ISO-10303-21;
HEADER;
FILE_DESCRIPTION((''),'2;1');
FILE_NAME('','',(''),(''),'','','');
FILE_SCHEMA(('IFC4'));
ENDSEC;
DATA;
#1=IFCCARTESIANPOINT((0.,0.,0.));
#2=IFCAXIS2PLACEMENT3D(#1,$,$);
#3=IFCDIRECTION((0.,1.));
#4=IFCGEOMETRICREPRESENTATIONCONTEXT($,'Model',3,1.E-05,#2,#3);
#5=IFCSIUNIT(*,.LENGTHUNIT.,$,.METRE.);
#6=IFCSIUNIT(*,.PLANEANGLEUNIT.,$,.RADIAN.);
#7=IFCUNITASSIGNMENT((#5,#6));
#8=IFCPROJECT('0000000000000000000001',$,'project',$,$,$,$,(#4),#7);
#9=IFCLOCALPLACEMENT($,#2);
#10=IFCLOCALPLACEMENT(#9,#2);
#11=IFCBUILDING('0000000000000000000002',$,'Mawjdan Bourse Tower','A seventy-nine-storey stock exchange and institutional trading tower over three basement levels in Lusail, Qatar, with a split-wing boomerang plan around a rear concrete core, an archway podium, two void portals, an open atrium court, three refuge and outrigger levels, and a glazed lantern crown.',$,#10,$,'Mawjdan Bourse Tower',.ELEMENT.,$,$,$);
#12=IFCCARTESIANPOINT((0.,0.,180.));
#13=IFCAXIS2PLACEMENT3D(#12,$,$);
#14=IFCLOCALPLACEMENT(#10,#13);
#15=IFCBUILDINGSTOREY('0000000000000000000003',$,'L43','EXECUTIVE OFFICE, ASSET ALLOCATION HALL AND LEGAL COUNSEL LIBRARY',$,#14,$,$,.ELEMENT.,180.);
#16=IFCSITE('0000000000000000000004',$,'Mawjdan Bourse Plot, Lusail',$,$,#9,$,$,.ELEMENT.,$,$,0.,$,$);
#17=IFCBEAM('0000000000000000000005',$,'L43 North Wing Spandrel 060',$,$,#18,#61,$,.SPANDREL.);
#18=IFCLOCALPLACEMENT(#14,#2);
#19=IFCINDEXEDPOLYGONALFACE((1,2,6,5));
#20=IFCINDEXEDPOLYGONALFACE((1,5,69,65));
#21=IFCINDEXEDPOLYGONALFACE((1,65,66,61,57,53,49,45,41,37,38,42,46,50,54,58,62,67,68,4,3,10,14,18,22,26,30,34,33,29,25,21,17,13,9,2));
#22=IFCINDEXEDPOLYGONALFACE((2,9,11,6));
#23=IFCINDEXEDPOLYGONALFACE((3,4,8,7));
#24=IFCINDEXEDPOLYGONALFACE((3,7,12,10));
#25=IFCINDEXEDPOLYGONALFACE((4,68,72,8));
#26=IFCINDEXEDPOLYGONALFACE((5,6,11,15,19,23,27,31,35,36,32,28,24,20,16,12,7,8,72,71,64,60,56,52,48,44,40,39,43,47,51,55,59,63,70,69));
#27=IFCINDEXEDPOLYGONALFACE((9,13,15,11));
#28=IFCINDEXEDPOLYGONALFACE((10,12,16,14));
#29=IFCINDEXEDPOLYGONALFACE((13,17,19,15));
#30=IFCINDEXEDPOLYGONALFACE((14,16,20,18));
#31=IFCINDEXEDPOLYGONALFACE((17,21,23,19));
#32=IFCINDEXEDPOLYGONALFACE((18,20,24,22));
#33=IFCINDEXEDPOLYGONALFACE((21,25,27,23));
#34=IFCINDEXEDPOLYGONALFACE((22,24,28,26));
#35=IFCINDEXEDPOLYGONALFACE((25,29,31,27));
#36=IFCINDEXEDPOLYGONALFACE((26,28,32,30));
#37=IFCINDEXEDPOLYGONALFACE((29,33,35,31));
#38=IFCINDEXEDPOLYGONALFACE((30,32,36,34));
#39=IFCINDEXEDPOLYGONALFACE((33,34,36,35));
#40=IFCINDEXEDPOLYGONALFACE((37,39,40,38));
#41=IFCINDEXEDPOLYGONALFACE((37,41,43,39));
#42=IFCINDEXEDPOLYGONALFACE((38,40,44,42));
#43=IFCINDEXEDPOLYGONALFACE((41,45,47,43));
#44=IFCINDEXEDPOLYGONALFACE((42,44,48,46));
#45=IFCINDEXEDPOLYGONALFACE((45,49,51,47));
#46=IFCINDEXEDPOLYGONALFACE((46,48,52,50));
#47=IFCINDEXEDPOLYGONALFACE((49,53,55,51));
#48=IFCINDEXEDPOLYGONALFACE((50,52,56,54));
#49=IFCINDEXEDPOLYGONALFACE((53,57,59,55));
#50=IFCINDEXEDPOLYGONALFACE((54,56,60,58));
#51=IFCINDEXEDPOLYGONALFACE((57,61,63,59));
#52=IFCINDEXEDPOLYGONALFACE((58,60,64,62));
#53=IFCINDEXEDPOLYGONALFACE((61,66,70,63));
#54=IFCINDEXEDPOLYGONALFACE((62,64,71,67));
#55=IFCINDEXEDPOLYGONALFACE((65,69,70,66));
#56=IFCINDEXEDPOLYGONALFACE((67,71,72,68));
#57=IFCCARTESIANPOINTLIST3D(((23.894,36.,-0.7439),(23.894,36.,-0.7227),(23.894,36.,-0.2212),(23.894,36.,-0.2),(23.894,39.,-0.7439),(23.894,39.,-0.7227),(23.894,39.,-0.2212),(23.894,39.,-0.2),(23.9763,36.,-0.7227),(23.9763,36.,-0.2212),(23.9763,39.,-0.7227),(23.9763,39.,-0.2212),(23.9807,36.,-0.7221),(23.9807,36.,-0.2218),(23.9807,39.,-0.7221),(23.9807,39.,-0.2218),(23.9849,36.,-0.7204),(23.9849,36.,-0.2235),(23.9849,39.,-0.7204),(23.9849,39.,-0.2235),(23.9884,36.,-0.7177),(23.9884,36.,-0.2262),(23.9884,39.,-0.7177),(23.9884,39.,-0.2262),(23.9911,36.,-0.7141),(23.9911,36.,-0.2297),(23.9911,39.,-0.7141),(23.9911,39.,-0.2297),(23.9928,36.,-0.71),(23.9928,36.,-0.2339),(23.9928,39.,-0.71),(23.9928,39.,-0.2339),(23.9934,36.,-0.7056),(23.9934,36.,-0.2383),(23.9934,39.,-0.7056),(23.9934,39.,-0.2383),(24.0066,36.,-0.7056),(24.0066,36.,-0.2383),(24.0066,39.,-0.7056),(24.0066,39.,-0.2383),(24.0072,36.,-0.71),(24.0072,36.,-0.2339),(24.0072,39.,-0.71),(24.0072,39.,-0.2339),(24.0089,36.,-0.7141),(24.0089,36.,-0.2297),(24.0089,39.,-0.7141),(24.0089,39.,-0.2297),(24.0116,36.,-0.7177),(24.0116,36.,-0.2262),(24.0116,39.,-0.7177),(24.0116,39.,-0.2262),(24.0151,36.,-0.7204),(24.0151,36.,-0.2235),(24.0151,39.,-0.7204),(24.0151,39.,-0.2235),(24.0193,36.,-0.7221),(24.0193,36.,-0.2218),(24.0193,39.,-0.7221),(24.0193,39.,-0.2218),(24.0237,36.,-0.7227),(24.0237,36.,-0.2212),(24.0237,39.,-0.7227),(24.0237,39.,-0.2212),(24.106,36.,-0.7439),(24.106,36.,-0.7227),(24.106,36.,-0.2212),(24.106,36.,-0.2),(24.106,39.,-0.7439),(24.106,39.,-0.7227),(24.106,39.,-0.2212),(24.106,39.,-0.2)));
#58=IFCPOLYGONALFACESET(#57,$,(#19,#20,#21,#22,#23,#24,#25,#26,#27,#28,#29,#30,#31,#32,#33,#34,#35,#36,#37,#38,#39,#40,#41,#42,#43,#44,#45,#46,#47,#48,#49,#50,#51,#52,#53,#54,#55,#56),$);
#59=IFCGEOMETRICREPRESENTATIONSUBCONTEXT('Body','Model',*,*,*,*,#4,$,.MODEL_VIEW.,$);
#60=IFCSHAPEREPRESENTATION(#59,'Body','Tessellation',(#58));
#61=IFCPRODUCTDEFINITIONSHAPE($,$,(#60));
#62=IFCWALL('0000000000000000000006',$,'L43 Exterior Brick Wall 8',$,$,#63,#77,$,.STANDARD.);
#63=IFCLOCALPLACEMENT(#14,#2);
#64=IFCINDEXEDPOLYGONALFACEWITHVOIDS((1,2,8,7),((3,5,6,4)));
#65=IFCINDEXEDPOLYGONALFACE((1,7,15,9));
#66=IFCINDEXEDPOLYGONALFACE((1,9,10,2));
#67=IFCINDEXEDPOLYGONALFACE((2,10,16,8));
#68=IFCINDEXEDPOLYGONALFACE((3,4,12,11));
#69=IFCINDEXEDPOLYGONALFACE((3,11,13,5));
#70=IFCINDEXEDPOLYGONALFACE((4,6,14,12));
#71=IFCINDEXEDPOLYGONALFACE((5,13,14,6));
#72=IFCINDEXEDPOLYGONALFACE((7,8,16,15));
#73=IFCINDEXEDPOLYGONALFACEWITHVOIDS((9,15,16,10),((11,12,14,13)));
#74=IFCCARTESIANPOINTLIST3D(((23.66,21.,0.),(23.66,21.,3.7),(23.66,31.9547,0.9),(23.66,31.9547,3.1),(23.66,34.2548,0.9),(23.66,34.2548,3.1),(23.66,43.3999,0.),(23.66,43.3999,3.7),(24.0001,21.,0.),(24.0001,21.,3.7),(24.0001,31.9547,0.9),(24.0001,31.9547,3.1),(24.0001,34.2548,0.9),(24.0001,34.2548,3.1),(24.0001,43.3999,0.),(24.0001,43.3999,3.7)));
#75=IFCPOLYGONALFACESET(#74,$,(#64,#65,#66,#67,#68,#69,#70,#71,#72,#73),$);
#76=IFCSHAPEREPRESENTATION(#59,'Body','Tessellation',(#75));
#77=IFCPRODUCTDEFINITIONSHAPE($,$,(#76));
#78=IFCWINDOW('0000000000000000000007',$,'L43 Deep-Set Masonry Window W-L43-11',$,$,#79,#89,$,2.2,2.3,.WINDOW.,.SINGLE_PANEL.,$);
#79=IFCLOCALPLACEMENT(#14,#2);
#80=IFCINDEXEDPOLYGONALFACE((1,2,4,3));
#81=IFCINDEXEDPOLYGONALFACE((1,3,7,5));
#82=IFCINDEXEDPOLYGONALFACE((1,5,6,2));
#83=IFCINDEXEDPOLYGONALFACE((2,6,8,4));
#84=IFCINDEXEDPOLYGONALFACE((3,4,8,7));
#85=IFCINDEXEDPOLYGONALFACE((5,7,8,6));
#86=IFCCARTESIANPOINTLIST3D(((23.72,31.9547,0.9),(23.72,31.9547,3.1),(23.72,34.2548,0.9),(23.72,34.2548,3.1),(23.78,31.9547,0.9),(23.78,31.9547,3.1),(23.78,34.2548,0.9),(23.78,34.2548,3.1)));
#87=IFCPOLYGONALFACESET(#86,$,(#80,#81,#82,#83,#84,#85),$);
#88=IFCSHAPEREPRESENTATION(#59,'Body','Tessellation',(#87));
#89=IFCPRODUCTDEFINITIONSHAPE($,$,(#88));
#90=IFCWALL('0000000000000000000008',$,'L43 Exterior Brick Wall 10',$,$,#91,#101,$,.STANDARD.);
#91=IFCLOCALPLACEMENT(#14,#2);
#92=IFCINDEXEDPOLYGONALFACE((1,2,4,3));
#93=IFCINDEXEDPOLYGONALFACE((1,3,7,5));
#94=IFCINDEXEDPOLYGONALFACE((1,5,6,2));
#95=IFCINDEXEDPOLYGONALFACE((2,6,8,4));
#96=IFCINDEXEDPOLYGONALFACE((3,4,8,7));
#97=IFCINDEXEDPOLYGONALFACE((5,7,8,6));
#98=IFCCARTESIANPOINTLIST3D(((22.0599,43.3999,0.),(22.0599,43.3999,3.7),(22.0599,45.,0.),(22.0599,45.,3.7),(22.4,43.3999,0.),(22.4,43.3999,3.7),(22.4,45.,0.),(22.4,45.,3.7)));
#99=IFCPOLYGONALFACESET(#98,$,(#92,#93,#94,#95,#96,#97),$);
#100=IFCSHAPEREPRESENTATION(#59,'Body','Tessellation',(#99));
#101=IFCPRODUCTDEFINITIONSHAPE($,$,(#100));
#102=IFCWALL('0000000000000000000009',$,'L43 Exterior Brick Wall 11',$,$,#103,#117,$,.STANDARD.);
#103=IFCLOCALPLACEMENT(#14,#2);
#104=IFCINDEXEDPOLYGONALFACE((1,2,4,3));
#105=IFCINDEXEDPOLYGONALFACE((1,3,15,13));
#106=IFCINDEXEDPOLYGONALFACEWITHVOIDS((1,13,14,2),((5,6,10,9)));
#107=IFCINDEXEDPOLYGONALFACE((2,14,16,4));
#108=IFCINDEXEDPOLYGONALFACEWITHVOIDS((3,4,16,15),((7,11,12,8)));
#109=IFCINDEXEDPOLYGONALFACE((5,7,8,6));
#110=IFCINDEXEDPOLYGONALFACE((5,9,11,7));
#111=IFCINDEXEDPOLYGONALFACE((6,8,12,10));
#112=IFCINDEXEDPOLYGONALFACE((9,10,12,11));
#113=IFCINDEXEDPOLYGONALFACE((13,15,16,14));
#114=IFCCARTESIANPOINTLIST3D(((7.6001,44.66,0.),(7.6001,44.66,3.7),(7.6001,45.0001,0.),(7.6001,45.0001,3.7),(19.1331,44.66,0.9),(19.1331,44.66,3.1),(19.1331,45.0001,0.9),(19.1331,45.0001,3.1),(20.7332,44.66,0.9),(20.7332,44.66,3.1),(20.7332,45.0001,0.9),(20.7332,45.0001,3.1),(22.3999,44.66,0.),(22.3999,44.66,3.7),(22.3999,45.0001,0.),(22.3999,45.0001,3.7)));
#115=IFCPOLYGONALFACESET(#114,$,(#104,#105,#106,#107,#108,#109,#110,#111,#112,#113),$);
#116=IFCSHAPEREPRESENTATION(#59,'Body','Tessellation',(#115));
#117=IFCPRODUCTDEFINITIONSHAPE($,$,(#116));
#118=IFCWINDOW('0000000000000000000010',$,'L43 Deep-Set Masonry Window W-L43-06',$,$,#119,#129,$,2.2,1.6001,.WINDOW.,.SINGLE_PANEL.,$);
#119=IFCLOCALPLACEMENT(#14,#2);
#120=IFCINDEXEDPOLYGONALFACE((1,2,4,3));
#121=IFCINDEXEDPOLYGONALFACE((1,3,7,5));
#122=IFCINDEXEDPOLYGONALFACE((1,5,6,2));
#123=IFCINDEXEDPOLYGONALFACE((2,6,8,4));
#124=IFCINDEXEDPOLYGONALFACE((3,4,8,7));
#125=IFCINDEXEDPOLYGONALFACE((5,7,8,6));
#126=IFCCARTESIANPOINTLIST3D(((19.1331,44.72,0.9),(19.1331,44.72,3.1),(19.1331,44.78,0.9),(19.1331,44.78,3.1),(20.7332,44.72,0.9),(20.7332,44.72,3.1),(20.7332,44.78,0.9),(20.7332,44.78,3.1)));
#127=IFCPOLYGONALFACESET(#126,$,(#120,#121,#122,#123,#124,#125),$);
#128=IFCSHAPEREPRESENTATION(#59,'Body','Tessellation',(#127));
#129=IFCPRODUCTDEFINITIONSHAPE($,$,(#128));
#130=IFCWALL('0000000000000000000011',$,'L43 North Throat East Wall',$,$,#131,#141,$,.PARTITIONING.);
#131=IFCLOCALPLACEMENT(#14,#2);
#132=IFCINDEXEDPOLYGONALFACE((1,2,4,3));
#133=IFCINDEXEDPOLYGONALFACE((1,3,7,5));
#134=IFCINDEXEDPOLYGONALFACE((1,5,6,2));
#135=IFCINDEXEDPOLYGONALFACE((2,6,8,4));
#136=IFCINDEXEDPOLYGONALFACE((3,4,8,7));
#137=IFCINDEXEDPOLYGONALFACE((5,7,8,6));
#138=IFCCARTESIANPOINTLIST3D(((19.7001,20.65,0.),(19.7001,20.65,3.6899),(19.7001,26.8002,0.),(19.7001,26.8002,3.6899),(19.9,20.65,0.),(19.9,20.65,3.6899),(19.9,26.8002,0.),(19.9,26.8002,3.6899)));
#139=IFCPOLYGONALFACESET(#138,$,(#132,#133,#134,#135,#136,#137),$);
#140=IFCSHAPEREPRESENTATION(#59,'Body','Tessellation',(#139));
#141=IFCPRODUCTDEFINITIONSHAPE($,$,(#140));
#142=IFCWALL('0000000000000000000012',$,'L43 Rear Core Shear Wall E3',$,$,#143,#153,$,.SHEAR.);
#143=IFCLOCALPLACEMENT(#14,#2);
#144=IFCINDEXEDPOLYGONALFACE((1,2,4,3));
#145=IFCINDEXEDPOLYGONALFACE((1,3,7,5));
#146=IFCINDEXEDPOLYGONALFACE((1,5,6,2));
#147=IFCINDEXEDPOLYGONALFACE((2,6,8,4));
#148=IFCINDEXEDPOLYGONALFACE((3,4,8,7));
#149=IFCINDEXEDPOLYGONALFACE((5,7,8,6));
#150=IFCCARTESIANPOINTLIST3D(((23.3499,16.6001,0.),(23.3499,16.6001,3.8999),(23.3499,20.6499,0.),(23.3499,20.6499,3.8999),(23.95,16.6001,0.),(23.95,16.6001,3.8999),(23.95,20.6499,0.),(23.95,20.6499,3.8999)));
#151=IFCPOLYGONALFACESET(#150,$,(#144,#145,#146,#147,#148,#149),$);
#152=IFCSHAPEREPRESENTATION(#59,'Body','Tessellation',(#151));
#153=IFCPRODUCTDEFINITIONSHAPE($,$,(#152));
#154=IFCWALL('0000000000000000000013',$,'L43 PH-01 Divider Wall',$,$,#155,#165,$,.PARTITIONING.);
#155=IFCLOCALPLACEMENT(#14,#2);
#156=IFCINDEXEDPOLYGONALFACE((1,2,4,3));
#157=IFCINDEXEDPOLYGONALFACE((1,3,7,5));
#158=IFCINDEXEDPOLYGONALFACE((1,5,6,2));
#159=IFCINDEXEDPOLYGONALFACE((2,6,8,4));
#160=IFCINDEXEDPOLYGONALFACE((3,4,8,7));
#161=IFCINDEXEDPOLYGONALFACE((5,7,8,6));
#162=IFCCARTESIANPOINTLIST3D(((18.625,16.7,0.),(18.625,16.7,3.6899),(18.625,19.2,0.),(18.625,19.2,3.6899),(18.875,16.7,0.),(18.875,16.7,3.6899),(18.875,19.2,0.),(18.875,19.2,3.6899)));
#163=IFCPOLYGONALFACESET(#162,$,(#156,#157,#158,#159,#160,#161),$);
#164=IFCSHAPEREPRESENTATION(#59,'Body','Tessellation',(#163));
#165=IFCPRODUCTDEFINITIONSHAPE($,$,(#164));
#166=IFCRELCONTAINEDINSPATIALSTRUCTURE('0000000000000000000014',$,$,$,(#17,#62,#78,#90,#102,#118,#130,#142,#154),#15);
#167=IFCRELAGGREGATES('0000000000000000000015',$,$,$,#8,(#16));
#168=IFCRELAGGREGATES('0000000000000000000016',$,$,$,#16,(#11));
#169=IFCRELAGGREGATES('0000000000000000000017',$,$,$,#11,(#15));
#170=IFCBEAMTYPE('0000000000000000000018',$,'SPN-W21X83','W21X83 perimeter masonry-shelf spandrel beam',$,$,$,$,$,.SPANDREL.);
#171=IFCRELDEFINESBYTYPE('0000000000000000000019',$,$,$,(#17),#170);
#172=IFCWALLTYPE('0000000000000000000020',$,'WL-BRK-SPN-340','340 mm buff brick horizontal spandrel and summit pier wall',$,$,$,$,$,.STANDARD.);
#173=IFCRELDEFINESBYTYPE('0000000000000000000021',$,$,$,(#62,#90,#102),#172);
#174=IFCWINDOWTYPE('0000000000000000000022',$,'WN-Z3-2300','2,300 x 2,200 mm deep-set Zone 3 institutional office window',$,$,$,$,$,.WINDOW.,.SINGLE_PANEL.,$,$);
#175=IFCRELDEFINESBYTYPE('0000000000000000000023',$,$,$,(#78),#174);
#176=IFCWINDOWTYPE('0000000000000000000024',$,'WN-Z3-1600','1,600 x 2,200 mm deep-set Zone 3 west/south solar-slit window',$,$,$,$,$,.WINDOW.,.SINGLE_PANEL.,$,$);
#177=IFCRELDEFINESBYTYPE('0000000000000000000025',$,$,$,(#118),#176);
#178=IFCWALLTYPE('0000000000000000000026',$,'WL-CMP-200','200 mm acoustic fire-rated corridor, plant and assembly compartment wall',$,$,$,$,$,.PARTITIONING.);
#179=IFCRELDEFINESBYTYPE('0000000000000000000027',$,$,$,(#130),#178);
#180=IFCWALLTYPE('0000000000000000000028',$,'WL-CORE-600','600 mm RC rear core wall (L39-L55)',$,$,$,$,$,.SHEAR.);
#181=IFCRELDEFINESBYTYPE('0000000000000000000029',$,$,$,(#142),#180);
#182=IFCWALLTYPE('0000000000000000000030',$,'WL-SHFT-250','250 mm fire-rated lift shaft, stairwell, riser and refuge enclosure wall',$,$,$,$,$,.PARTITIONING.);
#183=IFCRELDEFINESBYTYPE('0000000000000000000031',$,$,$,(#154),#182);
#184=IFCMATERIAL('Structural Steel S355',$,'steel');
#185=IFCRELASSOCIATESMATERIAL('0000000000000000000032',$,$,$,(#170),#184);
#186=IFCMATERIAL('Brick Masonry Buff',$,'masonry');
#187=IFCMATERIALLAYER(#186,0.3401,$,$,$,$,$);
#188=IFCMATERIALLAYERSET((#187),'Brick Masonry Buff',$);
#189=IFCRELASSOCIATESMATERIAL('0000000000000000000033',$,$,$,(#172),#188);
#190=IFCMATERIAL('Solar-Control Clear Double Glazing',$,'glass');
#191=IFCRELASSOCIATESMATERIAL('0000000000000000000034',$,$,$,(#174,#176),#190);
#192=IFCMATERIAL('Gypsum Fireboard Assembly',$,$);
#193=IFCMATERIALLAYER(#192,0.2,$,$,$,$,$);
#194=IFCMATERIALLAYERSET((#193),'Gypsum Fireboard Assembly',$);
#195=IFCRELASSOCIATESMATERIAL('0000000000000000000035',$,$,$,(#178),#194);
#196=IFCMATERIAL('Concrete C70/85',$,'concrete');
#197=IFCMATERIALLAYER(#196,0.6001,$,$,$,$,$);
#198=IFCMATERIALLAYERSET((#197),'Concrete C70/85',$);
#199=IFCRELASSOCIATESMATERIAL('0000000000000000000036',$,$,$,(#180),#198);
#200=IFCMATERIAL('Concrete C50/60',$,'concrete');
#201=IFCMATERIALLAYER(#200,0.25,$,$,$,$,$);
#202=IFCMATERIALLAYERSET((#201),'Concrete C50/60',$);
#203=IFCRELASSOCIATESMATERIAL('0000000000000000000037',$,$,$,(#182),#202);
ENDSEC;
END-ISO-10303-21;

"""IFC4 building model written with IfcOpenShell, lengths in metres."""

from ifc_helpers import new_model, si_unit, direction, frame, frame_2d, origin, origin_2d, place, context, subcontext, project, spatial, rectangle, i_section, extrude, material, layer, layer_set, material_profile, profile_set, type_object, element, fill, save


model = new_model("IFC4")

# Units and contexts
model_context = context("Model", 3, precision=1e-05, world=origin(), true_north=direction((0.0, 1.0)))
body_context = subcontext(model_context, "Body", "Model", "MODEL_VIEW")
ifc_project = project(units=[si_unit("LENGTHUNIT", "METRE"), si_unit("PLANEANGLEUNIT", "RADIAN")], contexts=[model_context])

# Site, building, storey
site_placement = place(None, origin())
site = spatial("IfcSite", under=ifc_project, at=site_placement, Name="Mawjdan Bourse Plot, Lusail", CompositionType="ELEMENT", RefElevation=0.0)
building_placement = place(site_placement, origin())
building = spatial("IfcBuilding", under=site, at=building_placement, Name="Mawjdan Bourse Tower", Description="A seventy-nine-storey stock exchange and institutional trading tower over three basement levels in Lusail, Qatar, with a split-wing boomerang plan around a rear concrete core, an archway podium, two void portals, an open atrium court, three refuge and outrigger levels, and a glazed lantern crown.", LongName="Mawjdan Bourse Tower", CompositionType="ELEMENT")
storey_placement = place(building_placement, frame((0.0, 0.0, 180.0)))
storey = spatial("IfcBuildingStorey", under=building, at=storey_placement, Name="L43", Description="EXECUTIVE OFFICE, ASSET ALLOCATION HALL AND LEGAL COUNSEL LIBRARY", CompositionType="ELEMENT", Elevation=180.0)

# Shared definitions
ifc_material_1 = material(Name="Concrete C70/85", Category="concrete")

# Beam
ifc_material_2 = material(Name="Structural Steel S355", Category="steel")
ifc_material_profile_1 = material_profile(ifc_material_2, i_section(OverallWidth=0.2119, OverallDepth=0.5439, WebThickness=0.0132, FlangeThickness=0.0212, FilletRadius=0.0171, at=origin_2d()), Name="W21X83")
ifc_profile_set_1 = profile_set([ifc_material_profile_1], Name="Structural Steel S355")
beam_type_1 = type_object("IfcBeamType", Name="SPN-W21X83", Description="W21X83 perimeter masonry-shelf spandrel beam", PredefinedType="SPANDREL", material=ifc_profile_set_1)
beam_1_placement = place(storey_placement, frame((24.0, 36.0, -0.4719), z_axis=(0.0, 1.0, 0.0), x_axis=(-1.0, 0.0, 0.0)))
element("IfcBeam", 1, at=beam_1_placement, inside=storey, type_object=beam_type_1, Name="L43 North Wing Spandrel 060", PredefinedType="SPANDREL", context=body_context, shape_type="SweptSolid", body=[
    extrude(i_section(OverallWidth=0.2119, OverallDepth=0.5439, WebThickness=0.0132, FlangeThickness=0.0212, FilletRadius=0.0171, at=origin_2d()), origin(), (0.0, 0.0, 1.0), 3.0),
])

# Wall, opening, window
ifc_material_3 = material(Name="Brick Masonry Buff", Category="masonry")
ifc_layer_1 = layer(ifc_material_3, 0.3401)
ifc_layer_set_1 = layer_set([ifc_layer_1], Name="Brick Masonry Buff")
wall_type_1 = type_object("IfcWallType", Name="WL-BRK-SPN-340", Description="340 mm buff brick horizontal spandrel and summit pier wall", PredefinedType="STANDARD", material=ifc_layer_set_1)
wall_1_placement = place(storey_placement, frame((23.8301, 21.0, 0.0), z_axis=(0.0, 0.0, 1.0), x_axis=(0.0, 1.0, 0.0)))
wall_1 = element("IfcWall", 2, at=wall_1_placement, inside=storey, type_object=wall_type_1, Name="L43 Exterior Brick Wall 8", PredefinedType="STANDARD", context=body_context, shape_type="SweptSolid", body=[
    extrude(rectangle(XDim=22.3999, YDim=0.3401, at=frame_2d((11.2, 0.0))), origin(), (0.0, 0.0, 1.0), 3.7),
])
opening_1_placement = place(wall_1_placement, frame((10.9548, 0.0, 0.8999)))
opening_1 = element("IfcOpeningElement", 3, at=opening_1_placement, cuts=wall_1, PredefinedType="OPENING", context=body_context, shape_type="SweptSolid", body=[
    extrude(rectangle(XDim=2.3, YDim=2.2, at=frame_2d((1.1499, 1.1001))), frame((0.0, 0.1802, 0.0), z_axis=(0.0, -1.0, 0.0), x_axis=(1.0, 0.0, 0.0)), (0.0, 0.0, 1.0), 0.3601),
])
ifc_material_4 = material(Name="Solar-Control Clear Double Glazing", Category="glass")
window_type_1 = type_object("IfcWindowType", Name="WN-Z3-2300", Description="2,300 x 2,200 mm deep-set Zone 3 institutional office window", PartitioningType="SINGLE_PANEL", PredefinedType="WINDOW", material=ifc_material_4)
window_1_placement = place(opening_1_placement, origin())
window_1 = element("IfcWindow", 4, at=window_1_placement, inside=storey, type_object=window_type_1, Name="L43 Deep-Set Masonry Window W-L43-11", OverallHeight=2.2, OverallWidth=2.3, PartitioningType="SINGLE_PANEL", PredefinedType="WINDOW", context=body_context, shape_type="SweptSolid", body=[
    extrude(rectangle(XDim=2.3, YDim=2.2, at=frame_2d((1.1499, 1.1001))), frame((0.0, 0.1101, 0.0), z_axis=(0.0, -1.0, 0.0), x_axis=(1.0, 0.0, 0.0)), (0.0, 0.0, 1.0), 0.0601),
])
fill(opening_1, window_1)

# Wall
wall_2_placement = place(storey_placement, frame((22.23, 43.3999, 0.0), z_axis=(0.0, 0.0, 1.0), x_axis=(0.0, 1.0, 0.0)))
element("IfcWall", 5, at=wall_2_placement, inside=storey, type_object=wall_type_1, Name="L43 Exterior Brick Wall 10", PredefinedType="STANDARD", context=body_context, shape_type="SweptSolid", body=[
    extrude(rectangle(XDim=1.6001, YDim=0.3401, at=frame_2d((0.8, 0.0))), origin(), (0.0, 0.0, 1.0), 3.7),
])

# Wall, opening, window
wall_3_placement = place(storey_placement, frame((22.3999, 44.8301, 0.0), z_axis=(0.0, 0.0, 1.0), x_axis=(-1.0, 0.0, 0.0)))
wall_3 = element("IfcWall", 6, at=wall_3_placement, inside=storey, type_object=wall_type_1, Name="L43 Exterior Brick Wall 11", PredefinedType="STANDARD", context=body_context, shape_type="SweptSolid", body=[
    extrude(rectangle(XDim=14.7998, YDim=0.3401, at=frame_2d((7.3999, 0.0))), origin(), (0.0, 0.0, 1.0), 3.7),
])
opening_2_placement = place(wall_3_placement, frame((1.6667, 0.0, 0.8999)))
opening_2 = element("IfcOpeningElement", 7, at=opening_2_placement, cuts=wall_3, PredefinedType="OPENING", context=body_context, shape_type="SweptSolid", body=[
    extrude(rectangle(XDim=1.6001, YDim=2.2, at=frame_2d((0.8, 1.1001))), frame((0.0, 0.1802, 0.0), z_axis=(0.0, -1.0, 0.0), x_axis=(1.0, 0.0, 0.0)), (0.0, 0.0, 1.0), 0.3601),
])
window_type_2 = type_object("IfcWindowType", Name="WN-Z3-1600", Description="1,600 x 2,200 mm deep-set Zone 3 west/south solar-slit window", PartitioningType="SINGLE_PANEL", PredefinedType="WINDOW", material=ifc_material_4)
window_2_placement = place(opening_2_placement, origin())
window_2 = element("IfcWindow", 8, at=window_2_placement, inside=storey, type_object=window_type_2, Name="L43 Deep-Set Masonry Window W-L43-06", OverallHeight=2.2, OverallWidth=1.6001, PartitioningType="SINGLE_PANEL", PredefinedType="WINDOW", context=body_context, shape_type="SweptSolid", body=[
    extrude(rectangle(XDim=1.6001, YDim=2.2, at=frame_2d((0.8, 1.1001))), frame((0.0, 0.1101, 0.0), z_axis=(0.0, -1.0, 0.0), x_axis=(1.0, 0.0, 0.0)), (0.0, 0.0, 1.0), 0.0601),
])
fill(opening_2, window_2)

# Shared definitions
ifc_material_5 = material(Name="Gypsum Fireboard Assembly")
ifc_layer_2 = layer(ifc_material_5, 0.2)
ifc_layer_set_2 = layer_set([ifc_layer_2], Name="Gypsum Fireboard Assembly")
wall_type_2 = type_object("IfcWallType", Name="WL-CMP-200", Description="200 mm acoustic fire-rated corridor, plant and assembly compartment wall", PredefinedType="PARTITIONING", material=ifc_layer_set_2)

# Walls
wall_4_placement = place(storey_placement, frame((19.8, 20.6499, 0.0), z_axis=(0.0, 0.0, 1.0), x_axis=(0.0, 1.0, 0.0)))
element("IfcWall", 9, at=wall_4_placement, inside=storey, type_object=wall_type_2, Name="L43 North Throat East Wall", PredefinedType="PARTITIONING", context=body_context, shape_type="SweptSolid", body=[
    extrude(rectangle(XDim=6.1501, YDim=0.2, at=frame_2d((3.0752, 0.0))), origin(), (0.0, 0.0, 1.0), 3.6899),
])
ifc_layer_3 = layer(ifc_material_1, 0.6001)
ifc_layer_set_3 = layer_set([ifc_layer_3], Name="Concrete C70/85")
wall_type_3 = type_object("IfcWallType", Name="WL-CORE-600", Description="600 mm RC rear core wall (L39-L55)", PredefinedType="SHEAR", material=ifc_layer_set_3)
wall_5_placement = place(storey_placement, frame((23.6499, 16.6001, 0.0), z_axis=(0.0, 0.0, 1.0), x_axis=(0.0, 1.0, 0.0)))
element("IfcWall", 10, at=wall_5_placement, inside=storey, type_object=wall_type_3, Name="L43 Rear Core Shear Wall E3", PredefinedType="SHEAR", context=body_context, shape_type="SweptSolid", body=[
    extrude(rectangle(XDim=4.0498, YDim=0.6001, at=frame_2d((2.0249, 0.0))), origin(), (0.0, 0.0, 1.0), 3.8999),
])
ifc_material_6 = material(Name="Concrete C50/60", Category="concrete")
ifc_layer_4 = layer(ifc_material_6, 0.25)
ifc_layer_set_4 = layer_set([ifc_layer_4], Name="Concrete C50/60")
wall_type_4 = type_object("IfcWallType", Name="WL-SHFT-250", Description="250 mm fire-rated lift shaft, stairwell, riser and refuge enclosure wall", PredefinedType="PARTITIONING", material=ifc_layer_set_4)
wall_6_placement = place(storey_placement, frame((18.75, 16.7, 0.0), z_axis=(0.0, 0.0, 1.0), x_axis=(0.0, 1.0, 0.0)))
element("IfcWall", 11, at=wall_6_placement, inside=storey, type_object=wall_type_4, Name="L43 PH-01 Divider Wall", PredefinedType="PARTITIONING", context=body_context, shape_type="SweptSolid", body=[
    extrude(rectangle(XDim=2.5, YDim=0.25, at=frame_2d((1.25, 0.0))), origin(), (0.0, 0.0, 1.0), 3.6899),
])

save(model, "model.ifc")
